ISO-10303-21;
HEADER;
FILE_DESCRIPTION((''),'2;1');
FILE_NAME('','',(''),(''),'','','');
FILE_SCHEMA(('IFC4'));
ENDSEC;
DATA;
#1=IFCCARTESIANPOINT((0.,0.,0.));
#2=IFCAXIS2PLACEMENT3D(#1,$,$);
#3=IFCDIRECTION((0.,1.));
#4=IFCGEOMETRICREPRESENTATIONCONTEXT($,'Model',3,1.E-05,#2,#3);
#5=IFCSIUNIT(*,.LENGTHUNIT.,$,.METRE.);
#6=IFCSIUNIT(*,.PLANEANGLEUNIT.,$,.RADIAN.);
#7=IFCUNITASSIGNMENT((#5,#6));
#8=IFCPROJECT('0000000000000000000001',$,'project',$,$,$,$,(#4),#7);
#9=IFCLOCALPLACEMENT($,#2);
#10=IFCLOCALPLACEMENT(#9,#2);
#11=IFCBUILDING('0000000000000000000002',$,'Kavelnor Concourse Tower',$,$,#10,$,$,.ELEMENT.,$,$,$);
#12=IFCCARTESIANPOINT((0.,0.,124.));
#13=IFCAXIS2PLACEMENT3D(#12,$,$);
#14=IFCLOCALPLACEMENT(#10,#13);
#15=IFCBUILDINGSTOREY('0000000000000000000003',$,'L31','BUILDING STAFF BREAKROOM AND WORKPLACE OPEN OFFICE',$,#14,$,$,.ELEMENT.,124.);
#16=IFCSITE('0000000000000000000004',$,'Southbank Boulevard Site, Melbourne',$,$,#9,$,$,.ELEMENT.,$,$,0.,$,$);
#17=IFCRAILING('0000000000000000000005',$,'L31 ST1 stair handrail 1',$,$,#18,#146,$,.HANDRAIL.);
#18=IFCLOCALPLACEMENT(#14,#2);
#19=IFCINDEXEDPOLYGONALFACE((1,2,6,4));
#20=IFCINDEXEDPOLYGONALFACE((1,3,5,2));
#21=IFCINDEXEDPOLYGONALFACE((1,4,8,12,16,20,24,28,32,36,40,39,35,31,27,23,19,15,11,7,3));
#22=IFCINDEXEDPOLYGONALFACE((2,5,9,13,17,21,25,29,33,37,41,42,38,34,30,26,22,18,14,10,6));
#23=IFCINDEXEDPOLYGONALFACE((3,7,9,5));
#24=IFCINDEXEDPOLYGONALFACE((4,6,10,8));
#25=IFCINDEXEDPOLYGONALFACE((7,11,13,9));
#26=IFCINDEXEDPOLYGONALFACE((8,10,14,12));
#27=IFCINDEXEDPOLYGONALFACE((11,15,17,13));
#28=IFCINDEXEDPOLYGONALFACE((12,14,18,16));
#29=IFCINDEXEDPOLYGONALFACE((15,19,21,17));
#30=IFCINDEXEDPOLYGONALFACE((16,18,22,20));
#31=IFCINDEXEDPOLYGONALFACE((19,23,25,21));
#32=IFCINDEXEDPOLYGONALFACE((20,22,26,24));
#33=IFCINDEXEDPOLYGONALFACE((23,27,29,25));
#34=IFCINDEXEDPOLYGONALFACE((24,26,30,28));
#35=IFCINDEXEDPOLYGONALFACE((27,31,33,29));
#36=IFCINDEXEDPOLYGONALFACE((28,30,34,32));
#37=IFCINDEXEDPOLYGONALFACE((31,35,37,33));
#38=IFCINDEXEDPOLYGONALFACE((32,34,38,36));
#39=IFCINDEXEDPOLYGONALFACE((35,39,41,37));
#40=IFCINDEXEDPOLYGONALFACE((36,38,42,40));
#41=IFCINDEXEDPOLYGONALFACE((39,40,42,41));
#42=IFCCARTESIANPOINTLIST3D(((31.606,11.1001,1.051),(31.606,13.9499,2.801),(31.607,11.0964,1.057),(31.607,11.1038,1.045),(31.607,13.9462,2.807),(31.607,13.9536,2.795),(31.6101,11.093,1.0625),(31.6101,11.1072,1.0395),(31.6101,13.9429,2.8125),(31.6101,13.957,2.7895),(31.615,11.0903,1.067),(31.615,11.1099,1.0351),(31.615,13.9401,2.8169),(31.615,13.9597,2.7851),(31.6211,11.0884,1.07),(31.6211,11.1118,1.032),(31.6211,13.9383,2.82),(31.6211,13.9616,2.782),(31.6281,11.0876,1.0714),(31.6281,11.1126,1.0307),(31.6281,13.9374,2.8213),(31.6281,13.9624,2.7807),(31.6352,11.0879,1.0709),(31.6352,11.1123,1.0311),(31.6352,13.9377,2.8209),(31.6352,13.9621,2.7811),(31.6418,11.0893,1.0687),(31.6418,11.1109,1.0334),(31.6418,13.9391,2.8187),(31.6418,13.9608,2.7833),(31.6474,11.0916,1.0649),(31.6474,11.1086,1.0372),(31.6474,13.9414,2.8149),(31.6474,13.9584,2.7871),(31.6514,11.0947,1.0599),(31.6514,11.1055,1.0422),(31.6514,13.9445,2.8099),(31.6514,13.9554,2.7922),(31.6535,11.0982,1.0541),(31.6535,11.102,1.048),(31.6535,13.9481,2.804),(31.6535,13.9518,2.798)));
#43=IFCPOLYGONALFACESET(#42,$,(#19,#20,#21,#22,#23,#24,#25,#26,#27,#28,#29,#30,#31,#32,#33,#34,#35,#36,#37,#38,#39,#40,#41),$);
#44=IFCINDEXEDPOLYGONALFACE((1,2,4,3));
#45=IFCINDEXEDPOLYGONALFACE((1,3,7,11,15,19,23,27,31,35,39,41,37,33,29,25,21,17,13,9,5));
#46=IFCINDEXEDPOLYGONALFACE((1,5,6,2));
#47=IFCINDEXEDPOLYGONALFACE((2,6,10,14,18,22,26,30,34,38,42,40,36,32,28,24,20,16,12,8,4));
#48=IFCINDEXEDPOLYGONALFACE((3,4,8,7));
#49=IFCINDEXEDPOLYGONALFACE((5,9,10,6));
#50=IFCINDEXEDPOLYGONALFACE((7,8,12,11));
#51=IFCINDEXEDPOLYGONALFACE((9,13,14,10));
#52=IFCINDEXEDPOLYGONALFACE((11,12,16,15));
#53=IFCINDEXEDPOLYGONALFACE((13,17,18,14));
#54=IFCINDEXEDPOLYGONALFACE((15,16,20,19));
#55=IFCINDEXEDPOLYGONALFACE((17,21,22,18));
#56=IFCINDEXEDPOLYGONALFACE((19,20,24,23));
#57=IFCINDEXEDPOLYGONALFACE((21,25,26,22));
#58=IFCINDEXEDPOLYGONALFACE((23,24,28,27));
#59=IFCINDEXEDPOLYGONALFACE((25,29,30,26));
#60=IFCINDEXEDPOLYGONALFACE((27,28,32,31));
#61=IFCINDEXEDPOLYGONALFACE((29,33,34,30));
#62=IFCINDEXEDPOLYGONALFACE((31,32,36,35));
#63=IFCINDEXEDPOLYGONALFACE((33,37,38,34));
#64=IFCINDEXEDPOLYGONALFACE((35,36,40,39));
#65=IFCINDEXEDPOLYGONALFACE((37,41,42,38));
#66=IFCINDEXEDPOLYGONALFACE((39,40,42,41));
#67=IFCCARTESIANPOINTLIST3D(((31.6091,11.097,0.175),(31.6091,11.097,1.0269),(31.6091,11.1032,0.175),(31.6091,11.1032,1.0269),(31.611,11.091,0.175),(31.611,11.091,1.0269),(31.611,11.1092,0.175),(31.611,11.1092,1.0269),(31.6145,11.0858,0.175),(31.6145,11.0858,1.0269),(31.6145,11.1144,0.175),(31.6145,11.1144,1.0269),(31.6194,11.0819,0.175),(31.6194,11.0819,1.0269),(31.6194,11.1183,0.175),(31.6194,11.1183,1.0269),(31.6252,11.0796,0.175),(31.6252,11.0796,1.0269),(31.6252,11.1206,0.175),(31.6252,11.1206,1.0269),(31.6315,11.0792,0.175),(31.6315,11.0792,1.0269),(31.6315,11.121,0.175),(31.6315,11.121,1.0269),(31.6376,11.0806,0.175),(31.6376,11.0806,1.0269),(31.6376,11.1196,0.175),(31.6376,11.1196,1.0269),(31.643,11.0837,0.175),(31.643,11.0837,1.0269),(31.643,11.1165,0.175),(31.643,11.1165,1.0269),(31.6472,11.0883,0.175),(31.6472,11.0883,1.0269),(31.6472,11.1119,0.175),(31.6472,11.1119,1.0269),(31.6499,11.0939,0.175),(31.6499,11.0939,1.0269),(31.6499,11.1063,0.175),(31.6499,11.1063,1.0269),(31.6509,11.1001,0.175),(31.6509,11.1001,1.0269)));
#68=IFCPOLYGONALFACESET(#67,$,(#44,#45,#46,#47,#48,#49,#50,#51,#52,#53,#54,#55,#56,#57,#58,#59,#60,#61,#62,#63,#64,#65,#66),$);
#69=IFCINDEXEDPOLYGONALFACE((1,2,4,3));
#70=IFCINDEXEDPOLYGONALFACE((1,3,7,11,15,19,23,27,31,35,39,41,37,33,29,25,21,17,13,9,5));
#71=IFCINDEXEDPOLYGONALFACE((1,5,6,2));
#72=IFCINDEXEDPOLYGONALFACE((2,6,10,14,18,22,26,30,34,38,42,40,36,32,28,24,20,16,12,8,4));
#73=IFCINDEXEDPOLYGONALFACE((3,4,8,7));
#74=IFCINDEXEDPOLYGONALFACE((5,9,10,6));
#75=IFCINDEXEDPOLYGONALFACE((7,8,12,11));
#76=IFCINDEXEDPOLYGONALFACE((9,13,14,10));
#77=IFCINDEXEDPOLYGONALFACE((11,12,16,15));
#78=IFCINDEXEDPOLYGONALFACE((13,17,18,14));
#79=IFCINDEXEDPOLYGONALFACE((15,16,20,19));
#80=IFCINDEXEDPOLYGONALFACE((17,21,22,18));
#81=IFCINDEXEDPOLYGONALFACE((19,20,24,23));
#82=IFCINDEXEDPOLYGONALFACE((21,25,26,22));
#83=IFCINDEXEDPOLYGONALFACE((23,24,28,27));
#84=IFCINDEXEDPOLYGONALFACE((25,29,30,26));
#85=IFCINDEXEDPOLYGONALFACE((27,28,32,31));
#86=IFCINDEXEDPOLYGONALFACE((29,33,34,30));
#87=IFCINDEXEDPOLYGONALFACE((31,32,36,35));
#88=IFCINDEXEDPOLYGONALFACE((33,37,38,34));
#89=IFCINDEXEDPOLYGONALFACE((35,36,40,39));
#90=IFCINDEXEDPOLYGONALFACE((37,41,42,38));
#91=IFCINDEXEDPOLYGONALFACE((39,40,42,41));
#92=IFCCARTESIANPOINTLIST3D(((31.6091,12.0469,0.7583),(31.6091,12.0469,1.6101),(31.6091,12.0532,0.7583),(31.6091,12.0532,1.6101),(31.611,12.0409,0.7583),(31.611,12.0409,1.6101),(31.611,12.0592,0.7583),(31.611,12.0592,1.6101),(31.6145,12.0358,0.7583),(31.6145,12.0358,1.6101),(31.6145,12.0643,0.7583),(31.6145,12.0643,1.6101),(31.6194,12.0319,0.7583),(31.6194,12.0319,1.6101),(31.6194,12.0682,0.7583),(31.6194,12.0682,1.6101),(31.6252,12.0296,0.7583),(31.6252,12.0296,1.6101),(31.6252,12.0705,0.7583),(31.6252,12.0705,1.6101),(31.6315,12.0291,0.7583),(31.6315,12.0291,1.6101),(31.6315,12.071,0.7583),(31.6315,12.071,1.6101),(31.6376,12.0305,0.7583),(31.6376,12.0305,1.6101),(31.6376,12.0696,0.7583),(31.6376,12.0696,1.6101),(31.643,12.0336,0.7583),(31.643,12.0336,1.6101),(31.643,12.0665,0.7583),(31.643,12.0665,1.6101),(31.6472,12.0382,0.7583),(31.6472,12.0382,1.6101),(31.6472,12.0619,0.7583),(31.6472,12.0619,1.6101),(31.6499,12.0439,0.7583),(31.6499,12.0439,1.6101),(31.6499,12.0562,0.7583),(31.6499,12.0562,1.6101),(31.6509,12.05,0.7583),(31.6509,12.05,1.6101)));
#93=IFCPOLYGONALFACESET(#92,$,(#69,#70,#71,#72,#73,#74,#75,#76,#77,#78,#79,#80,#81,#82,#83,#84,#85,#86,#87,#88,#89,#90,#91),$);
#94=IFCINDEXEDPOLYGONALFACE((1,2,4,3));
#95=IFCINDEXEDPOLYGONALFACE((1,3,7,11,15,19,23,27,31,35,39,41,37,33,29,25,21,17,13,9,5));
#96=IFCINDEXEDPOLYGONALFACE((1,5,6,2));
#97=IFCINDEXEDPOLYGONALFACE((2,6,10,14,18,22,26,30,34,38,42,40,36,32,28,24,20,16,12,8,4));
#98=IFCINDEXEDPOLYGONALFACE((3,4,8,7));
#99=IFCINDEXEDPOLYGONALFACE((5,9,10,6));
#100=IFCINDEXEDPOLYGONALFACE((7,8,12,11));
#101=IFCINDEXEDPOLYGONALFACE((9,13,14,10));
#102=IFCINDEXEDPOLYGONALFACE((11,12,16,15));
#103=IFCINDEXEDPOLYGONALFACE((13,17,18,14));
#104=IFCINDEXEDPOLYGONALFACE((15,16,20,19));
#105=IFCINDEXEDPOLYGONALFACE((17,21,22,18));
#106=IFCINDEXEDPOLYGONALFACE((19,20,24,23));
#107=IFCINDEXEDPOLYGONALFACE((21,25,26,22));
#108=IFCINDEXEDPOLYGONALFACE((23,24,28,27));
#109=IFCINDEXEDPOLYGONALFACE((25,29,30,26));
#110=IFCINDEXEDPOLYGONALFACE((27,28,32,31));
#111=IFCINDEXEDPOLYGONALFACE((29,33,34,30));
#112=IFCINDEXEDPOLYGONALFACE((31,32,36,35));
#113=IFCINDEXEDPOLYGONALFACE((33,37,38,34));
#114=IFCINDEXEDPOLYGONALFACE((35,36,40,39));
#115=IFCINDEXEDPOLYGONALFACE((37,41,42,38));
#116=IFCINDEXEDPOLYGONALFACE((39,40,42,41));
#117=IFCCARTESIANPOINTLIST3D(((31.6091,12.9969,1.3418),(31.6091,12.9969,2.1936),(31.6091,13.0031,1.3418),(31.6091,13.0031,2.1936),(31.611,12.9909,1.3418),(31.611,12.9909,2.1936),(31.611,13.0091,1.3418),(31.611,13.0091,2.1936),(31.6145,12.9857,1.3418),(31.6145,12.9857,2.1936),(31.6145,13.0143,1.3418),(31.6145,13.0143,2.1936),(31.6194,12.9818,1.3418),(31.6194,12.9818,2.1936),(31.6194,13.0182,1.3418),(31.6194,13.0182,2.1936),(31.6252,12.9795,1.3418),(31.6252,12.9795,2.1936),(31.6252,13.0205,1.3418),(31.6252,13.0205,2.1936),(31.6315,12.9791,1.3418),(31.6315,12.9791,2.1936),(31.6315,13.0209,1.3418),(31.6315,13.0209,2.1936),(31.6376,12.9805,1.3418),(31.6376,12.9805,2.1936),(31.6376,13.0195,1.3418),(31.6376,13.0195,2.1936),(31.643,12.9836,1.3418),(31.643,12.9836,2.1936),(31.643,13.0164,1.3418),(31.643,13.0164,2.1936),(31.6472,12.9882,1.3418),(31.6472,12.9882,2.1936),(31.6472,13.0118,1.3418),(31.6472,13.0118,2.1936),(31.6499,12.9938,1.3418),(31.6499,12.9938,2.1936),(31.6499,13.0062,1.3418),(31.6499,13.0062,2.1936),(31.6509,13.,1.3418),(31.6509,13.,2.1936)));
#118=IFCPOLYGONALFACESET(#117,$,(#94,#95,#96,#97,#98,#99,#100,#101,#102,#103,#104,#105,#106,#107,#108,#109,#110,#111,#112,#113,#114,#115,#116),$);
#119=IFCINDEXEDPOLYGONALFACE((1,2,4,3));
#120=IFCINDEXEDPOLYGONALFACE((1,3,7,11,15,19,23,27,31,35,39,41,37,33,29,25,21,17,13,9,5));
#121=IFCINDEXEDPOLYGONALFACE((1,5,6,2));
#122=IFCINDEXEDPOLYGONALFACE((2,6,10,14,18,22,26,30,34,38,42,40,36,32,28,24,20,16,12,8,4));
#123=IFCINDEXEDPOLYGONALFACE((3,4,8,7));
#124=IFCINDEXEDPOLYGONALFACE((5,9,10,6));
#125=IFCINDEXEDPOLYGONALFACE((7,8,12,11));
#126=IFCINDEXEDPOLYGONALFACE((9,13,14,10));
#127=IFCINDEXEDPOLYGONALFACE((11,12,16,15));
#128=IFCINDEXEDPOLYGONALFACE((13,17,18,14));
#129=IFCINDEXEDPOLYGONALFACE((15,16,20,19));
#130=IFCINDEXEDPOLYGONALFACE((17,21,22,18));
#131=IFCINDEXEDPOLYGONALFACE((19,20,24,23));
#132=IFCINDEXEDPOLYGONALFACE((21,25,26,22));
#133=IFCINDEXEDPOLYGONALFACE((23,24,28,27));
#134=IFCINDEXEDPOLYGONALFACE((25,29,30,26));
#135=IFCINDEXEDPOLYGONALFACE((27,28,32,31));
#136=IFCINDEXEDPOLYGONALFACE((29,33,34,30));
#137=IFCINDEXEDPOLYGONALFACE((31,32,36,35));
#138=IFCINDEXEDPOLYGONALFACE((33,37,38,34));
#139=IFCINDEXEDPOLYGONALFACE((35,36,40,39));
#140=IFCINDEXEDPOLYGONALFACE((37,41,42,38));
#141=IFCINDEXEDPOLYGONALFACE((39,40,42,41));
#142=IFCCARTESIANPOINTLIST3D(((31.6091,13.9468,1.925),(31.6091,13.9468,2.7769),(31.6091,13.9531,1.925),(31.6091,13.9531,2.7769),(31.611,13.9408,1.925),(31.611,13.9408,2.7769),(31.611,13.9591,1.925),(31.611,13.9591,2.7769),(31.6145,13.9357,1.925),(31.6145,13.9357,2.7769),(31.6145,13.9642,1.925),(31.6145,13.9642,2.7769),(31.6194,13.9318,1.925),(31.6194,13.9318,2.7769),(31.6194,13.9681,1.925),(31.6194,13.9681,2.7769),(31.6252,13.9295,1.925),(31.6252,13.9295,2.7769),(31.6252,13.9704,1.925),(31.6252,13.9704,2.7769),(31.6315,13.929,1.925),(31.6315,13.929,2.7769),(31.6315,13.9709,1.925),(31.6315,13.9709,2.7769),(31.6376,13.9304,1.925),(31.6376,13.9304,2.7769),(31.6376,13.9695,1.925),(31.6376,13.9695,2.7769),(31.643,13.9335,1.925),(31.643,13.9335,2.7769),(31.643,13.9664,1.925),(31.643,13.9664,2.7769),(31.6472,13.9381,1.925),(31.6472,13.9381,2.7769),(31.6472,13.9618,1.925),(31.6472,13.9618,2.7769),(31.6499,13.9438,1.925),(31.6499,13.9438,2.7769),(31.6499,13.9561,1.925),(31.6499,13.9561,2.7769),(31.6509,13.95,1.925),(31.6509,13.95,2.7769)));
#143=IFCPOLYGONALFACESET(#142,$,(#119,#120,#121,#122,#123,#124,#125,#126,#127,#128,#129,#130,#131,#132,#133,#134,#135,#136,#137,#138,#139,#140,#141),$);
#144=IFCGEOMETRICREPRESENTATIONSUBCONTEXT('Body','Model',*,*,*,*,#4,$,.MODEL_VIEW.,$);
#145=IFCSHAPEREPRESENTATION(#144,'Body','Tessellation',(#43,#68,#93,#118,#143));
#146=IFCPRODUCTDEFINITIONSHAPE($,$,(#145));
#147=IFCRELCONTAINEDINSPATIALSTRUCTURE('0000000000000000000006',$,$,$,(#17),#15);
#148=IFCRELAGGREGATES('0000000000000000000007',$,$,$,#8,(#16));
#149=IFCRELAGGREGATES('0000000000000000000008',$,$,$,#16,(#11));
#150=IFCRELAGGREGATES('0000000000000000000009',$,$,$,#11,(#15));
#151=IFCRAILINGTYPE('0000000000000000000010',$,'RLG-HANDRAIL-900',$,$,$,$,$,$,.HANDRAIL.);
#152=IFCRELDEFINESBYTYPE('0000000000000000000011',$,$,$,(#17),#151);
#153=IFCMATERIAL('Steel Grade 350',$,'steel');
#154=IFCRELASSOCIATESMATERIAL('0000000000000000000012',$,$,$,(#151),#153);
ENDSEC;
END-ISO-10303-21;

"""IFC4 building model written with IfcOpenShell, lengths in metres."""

from ifc_helpers import new_model, si_unit, direction, frame, origin, origin_2d, place, context, subcontext, project, spatial, circle, extrude, material, type_object, element, save


model = new_model("IFC4")

# Units and contexts
model_context = context("Model", 3, precision=1e-05, world=origin(), true_north=direction((0.0, 1.0)))
body_context = subcontext(model_context, "Body", "Model", "MODEL_VIEW")
ifc_project = project(units=[si_unit("LENGTHUNIT", "METRE"), si_unit("PLANEANGLEUNIT", "RADIAN")], contexts=[model_context])

# Site, building, storey
site_placement = place(None, origin())
site = spatial("IfcSite", under=ifc_project, at=site_placement, Name="Southbank Boulevard Site, Melbourne", CompositionType="ELEMENT", RefElevation=0.0)
building_placement = place(site_placement, origin())
building = spatial("IfcBuilding", under=site, at=building_placement, Name="Kavelnor Concourse Tower", CompositionType="ELEMENT")
storey_placement = place(building_placement, frame((0.0, 0.0, 124.0)))
storey = spatial("IfcBuildingStorey", under=building, at=storey_placement, Name="L31", Description="BUILDING STAFF BREAKROOM AND WORKPLACE OPEN OFFICE", CompositionType="ELEMENT", Elevation=124.0)

# Shared definitions
ifc_material_1 = material(Name="Steel Grade 350", Category="steel")

# Railing
railing_type_1 = type_object("IfcRailingType", Name="RLG-HANDRAIL-900", PredefinedType="HANDRAIL", material=ifc_material_1)
railing_1_placement = place(storey_placement, frame((31.6299, 11.1001, 0.175)))
element("IfcRailing", 1, at=railing_1_placement, inside=storey, type_object=railing_type_1, Name="L31 ST1 stair handrail 1", PredefinedType="HANDRAIL", context=body_context, shape_type="SweptSolid", body=[
    extrude(circle(Radius=0.0239, at=origin_2d()), frame((0.0, 0.0, 0.876), z_axis=(0.0, 0.852159, 0.523283), x_axis=(-1.0, 0.0, 0.0)), (0.0, 0.0, 1.0), 3.3442),
    extrude(circle(Radius=0.021, at=origin_2d()), origin(), (0.0, 0.0, 1.0), 0.8518),
    extrude(circle(Radius=0.021, at=origin_2d()), frame((0.0, 0.95, 0.5833)), (0.0, 0.0, 1.0), 0.8518),
    extrude(circle(Radius=0.021, at=origin_2d()), frame((0.0, 1.8999, 1.1667)), (0.0, 0.0, 1.0), 0.8518),
    extrude(circle(Radius=0.021, at=origin_2d()), frame((0.0, 2.8499, 1.75)), (0.0, 0.0, 1.0), 0.8518),
])

save(model, "model.ifc")
